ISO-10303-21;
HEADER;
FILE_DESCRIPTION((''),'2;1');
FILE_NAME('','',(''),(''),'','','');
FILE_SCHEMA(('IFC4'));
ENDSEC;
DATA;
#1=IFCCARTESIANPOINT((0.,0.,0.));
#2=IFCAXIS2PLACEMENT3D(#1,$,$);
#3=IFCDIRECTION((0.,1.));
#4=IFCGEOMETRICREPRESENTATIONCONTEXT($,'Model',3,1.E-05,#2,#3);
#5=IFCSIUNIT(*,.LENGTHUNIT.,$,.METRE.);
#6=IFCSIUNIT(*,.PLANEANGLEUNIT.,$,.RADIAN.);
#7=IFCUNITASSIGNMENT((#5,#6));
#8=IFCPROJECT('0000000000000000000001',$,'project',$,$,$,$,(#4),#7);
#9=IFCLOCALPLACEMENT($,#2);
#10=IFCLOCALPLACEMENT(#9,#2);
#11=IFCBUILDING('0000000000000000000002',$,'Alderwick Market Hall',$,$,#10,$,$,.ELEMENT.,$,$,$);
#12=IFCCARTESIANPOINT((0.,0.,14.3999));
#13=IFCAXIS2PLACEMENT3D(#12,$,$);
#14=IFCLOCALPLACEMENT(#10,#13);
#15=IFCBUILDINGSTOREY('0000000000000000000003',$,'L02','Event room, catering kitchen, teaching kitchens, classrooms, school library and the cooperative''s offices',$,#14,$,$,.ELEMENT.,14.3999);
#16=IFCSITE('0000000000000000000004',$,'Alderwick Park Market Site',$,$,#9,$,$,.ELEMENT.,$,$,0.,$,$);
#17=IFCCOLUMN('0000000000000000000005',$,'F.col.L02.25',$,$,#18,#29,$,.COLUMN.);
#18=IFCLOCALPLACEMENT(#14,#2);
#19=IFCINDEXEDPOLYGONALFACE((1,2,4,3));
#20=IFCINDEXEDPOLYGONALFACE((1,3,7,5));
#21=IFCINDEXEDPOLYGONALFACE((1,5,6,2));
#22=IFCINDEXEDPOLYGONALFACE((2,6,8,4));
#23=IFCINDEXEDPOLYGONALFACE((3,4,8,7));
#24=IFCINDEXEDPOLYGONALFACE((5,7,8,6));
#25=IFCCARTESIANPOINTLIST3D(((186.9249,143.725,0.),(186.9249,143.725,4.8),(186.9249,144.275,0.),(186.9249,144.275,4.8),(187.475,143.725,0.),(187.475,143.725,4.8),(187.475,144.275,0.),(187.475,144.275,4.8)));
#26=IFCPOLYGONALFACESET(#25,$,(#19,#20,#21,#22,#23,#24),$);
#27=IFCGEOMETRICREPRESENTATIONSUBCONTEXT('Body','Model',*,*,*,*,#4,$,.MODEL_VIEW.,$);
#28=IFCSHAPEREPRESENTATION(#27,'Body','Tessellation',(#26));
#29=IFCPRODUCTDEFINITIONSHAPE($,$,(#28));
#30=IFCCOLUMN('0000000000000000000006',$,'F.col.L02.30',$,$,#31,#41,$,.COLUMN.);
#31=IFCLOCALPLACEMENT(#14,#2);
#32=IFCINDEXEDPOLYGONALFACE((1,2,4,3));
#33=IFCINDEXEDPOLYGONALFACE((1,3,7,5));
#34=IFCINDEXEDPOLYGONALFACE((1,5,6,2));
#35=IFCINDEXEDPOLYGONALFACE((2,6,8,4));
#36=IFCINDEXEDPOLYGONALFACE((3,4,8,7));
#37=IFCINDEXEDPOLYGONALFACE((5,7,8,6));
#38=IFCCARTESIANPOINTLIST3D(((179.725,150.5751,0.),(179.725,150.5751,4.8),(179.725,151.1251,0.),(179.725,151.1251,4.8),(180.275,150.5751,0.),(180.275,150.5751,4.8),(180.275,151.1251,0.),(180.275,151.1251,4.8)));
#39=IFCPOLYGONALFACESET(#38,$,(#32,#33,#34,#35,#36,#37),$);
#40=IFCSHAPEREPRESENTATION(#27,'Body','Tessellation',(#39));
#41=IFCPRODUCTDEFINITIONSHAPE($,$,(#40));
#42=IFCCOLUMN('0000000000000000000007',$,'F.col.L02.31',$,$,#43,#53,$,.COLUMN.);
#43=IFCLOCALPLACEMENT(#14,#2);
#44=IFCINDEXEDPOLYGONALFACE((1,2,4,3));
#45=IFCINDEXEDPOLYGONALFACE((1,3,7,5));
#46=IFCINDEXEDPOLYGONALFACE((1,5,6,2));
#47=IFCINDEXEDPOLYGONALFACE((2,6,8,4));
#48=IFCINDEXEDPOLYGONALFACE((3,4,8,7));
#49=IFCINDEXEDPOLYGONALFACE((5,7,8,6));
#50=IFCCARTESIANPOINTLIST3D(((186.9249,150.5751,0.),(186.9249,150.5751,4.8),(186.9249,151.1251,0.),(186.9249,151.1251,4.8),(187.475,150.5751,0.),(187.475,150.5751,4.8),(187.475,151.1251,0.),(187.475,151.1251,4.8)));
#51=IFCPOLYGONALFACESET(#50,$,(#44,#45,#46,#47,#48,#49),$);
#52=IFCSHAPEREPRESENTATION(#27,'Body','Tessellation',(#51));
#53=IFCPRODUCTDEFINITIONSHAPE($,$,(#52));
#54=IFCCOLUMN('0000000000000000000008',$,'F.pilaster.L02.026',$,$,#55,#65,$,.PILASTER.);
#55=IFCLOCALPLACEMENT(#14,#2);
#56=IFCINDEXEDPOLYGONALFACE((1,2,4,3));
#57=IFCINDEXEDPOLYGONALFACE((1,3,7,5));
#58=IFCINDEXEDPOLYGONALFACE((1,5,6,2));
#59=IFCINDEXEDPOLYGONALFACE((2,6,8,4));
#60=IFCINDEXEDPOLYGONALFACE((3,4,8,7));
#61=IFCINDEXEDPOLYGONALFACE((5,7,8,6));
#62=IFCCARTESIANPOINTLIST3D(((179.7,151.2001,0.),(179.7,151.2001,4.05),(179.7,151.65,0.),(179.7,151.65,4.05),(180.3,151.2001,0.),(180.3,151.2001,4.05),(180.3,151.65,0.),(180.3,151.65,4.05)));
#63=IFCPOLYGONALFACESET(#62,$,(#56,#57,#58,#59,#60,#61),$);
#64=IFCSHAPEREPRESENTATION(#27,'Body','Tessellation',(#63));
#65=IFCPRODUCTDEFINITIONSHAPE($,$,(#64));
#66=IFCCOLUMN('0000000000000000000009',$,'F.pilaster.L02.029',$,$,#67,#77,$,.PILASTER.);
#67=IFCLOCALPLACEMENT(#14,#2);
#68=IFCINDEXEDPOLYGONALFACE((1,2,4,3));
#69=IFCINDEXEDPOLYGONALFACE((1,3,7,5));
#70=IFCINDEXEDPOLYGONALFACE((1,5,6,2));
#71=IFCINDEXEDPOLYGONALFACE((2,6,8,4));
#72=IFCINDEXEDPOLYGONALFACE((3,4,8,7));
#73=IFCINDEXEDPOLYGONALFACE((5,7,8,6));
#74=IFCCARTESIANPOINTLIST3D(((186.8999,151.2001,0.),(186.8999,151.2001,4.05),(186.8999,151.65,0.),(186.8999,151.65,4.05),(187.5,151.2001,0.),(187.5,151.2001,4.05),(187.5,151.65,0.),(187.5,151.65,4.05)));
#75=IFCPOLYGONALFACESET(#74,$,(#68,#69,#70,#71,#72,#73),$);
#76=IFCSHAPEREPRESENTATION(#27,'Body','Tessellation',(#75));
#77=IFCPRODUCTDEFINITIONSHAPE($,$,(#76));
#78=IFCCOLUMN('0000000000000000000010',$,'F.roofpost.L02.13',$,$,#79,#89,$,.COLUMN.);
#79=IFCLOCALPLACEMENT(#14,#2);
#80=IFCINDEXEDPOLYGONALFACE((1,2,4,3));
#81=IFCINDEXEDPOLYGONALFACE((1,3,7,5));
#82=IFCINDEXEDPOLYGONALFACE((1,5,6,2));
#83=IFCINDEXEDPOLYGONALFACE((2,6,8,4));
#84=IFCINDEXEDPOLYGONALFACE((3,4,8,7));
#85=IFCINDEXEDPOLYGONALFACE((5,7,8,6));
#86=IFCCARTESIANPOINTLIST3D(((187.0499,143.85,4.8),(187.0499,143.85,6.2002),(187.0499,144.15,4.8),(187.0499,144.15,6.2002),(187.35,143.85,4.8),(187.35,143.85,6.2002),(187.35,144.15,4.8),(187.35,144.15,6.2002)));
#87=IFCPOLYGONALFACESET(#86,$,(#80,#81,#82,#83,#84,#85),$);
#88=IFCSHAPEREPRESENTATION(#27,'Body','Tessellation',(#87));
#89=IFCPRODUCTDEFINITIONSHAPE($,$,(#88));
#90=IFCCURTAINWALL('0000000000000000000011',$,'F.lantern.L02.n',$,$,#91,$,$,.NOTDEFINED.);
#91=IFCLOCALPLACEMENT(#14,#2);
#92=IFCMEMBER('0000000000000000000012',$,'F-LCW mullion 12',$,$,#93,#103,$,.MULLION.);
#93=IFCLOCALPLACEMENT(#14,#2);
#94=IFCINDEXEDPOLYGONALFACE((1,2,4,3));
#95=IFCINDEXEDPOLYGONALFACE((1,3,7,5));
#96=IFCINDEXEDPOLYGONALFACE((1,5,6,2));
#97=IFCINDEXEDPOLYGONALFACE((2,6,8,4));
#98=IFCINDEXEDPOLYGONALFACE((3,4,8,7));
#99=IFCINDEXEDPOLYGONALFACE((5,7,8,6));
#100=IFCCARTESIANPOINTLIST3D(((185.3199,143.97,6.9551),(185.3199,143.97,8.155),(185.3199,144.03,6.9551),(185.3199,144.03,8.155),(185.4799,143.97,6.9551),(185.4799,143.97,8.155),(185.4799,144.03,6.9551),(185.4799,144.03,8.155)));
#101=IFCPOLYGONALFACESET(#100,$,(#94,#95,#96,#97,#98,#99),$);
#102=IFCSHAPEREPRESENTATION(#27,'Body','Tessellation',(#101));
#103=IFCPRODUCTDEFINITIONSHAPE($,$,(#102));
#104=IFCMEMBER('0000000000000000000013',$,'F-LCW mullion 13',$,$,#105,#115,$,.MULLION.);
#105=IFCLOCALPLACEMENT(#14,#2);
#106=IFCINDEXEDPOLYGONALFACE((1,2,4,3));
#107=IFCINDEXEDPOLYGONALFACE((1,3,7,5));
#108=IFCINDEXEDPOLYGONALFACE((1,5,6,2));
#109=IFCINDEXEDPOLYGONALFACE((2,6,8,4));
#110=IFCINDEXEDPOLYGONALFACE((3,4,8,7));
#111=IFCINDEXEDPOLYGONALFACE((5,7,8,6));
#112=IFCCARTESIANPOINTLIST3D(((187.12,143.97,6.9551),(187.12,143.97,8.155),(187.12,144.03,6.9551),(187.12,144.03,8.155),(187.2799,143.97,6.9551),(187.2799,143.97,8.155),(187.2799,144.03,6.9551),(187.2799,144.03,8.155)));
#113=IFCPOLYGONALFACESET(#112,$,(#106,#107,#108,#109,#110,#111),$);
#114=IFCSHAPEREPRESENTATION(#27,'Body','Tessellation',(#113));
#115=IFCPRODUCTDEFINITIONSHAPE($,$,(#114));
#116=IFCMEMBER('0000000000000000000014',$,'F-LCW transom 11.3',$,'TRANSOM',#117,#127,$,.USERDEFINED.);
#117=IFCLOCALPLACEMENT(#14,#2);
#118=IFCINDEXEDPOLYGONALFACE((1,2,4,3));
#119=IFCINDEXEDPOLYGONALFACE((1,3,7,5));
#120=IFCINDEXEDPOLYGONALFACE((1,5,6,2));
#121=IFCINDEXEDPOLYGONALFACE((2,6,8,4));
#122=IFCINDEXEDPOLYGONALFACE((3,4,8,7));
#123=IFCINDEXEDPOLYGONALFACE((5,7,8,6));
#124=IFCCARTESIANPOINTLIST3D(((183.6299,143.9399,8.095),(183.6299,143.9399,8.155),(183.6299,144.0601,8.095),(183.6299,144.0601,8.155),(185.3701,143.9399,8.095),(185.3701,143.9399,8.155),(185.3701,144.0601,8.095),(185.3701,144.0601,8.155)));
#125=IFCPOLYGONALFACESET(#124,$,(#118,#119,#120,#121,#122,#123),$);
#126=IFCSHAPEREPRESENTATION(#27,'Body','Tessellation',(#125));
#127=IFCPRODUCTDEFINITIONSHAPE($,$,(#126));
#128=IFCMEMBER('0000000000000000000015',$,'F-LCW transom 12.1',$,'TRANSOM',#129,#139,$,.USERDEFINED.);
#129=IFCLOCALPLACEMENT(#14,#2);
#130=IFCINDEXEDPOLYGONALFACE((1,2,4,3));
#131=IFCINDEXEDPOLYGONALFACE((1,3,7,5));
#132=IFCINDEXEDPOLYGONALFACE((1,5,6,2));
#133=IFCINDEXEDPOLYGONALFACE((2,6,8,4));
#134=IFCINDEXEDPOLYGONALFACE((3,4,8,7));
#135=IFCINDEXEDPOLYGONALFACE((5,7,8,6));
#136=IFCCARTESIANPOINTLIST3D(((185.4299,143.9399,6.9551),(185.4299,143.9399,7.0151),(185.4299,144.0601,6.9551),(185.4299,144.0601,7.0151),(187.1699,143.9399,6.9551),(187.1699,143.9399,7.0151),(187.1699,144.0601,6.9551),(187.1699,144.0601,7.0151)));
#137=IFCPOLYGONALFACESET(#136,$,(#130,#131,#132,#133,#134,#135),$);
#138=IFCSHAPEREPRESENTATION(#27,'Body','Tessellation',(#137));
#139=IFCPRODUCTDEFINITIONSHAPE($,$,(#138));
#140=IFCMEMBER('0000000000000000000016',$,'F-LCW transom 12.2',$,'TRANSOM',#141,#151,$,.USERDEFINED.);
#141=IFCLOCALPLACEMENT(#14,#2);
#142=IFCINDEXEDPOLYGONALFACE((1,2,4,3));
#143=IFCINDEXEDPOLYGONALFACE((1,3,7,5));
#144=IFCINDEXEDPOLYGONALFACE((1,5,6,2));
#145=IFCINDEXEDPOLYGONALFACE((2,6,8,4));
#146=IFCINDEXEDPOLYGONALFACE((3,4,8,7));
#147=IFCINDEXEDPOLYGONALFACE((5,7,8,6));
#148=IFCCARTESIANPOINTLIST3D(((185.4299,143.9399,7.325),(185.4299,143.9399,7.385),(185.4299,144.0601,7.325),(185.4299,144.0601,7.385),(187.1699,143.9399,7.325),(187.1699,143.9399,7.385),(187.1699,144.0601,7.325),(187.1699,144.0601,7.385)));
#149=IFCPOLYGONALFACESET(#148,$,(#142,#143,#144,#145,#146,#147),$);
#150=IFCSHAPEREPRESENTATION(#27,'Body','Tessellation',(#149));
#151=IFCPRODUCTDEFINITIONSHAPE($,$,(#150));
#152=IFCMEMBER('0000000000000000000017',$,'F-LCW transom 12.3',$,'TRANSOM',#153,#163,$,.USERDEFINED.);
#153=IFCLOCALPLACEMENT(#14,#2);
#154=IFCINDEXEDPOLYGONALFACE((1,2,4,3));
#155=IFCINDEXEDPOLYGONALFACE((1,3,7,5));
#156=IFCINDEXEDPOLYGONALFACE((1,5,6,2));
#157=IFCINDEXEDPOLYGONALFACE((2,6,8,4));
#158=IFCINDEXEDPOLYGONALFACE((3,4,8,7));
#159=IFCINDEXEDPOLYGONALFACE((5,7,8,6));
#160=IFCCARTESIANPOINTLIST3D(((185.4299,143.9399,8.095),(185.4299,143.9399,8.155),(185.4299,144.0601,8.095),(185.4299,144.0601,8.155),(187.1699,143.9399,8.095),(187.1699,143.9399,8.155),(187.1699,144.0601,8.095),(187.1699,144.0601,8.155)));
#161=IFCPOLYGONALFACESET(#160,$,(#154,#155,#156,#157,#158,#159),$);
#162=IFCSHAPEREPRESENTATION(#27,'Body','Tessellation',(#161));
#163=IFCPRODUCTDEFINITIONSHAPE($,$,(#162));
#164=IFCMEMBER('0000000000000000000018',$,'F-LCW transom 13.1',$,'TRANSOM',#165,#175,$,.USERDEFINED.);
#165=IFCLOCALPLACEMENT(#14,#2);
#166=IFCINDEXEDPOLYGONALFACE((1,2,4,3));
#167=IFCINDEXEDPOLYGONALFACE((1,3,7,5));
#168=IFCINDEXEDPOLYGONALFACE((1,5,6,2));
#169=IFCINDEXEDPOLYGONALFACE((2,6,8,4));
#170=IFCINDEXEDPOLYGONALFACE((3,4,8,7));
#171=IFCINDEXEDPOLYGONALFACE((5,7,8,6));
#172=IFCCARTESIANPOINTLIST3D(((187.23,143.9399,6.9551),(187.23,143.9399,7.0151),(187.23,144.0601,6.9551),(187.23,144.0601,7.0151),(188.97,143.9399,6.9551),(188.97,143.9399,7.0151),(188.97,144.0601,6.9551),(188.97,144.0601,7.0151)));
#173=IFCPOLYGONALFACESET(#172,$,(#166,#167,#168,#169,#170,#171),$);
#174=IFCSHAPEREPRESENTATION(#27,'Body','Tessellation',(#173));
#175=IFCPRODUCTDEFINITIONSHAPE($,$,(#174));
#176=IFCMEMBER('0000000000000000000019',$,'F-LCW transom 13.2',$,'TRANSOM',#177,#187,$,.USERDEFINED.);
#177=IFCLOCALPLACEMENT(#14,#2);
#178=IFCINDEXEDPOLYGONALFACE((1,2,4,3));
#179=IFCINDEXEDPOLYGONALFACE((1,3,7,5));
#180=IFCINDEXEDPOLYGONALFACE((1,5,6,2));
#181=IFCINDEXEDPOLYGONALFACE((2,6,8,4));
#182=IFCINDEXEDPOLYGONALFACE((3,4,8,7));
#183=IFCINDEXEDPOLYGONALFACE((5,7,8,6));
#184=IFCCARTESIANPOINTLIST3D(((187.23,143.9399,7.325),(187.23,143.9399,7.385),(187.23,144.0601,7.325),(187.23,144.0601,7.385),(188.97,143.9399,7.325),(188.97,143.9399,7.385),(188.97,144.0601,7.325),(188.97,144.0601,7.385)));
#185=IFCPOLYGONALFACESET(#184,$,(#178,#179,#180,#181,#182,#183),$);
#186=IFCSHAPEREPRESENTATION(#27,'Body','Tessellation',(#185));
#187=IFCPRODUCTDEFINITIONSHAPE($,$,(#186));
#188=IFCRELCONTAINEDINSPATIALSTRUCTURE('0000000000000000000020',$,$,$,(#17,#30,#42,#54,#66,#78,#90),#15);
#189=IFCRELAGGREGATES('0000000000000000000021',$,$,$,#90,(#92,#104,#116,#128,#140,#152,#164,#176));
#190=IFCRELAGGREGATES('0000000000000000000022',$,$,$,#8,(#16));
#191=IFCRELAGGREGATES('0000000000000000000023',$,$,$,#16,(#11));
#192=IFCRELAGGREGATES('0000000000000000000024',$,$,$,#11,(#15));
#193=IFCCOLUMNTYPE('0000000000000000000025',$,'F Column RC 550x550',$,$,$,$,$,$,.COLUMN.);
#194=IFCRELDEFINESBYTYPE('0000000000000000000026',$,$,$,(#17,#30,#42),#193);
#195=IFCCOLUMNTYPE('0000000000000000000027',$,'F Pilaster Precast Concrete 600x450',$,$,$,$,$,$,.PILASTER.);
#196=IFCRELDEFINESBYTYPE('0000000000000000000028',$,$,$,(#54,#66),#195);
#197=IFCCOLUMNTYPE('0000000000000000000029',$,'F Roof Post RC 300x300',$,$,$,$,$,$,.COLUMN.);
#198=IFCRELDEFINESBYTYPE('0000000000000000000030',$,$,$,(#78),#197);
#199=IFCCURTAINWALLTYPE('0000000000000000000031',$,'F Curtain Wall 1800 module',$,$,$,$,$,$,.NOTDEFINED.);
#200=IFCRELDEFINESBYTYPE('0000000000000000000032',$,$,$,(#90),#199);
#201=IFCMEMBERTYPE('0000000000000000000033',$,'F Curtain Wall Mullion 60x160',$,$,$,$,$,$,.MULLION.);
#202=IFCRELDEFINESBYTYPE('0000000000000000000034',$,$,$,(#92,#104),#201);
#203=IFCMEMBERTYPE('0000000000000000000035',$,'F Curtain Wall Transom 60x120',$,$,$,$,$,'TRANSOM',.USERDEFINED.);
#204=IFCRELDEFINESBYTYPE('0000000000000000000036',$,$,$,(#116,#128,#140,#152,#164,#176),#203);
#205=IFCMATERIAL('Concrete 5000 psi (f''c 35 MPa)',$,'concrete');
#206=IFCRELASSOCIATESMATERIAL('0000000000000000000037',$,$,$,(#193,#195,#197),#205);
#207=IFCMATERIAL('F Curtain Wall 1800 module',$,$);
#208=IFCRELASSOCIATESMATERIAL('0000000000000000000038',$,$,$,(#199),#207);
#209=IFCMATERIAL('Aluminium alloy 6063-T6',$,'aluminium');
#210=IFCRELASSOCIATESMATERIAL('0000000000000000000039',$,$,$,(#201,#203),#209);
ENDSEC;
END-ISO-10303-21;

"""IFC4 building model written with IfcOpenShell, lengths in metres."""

from ifc_helpers import new_model, si_unit, direction, frame, origin, origin_2d, place, context, subcontext, project, spatial, rectangle, extrude, material, material_profile, profile_set, type_object, element, aggregate, save


model = new_model("IFC4")

# Units and contexts
model_context = context("Model", 3, precision=1e-05, world=origin(), true_north=direction((0.0, 1.0)))
body_context = subcontext(model_context, "Body", "Model", "MODEL_VIEW")
ifc_project = project(units=[si_unit("LENGTHUNIT", "METRE"), si_unit("PLANEANGLEUNIT", "RADIAN")], contexts=[model_context])

# Site, building, storey
site_placement = place(None, origin())
site = spatial("IfcSite", under=ifc_project, at=site_placement, Name="Alderwick Park Market Site", CompositionType="ELEMENT", RefElevation=0.0)
building_placement = place(site_placement, origin())
building = spatial("IfcBuilding", under=site, at=building_placement, Name="Alderwick Market Hall", CompositionType="ELEMENT")
storey_placement = place(building_placement, frame((0.0, 0.0, 14.3999)))
storey = spatial("IfcBuildingStorey", under=building, at=storey_placement, Name="L02", Description="Event room, catering kitchen, teaching kitchens, classrooms, school library and the cooperative's offices", CompositionType="ELEMENT", Elevation=14.3999)

# Columns
ifc_material_1 = material(Name="Concrete 5000 psi (f'c 35 MPa)", Category="concrete")
ifc_material_profile_1 = material_profile(ifc_material_1, rectangle(XDim=0.55, YDim=0.55, at=origin_2d()), Name="RC 550x550")
ifc_profile_set_1 = profile_set([ifc_material_profile_1], Name="Concrete 5000 psi (f'c 35 MPa)")
column_type_1 = type_object("IfcColumnType", Name="F Column RC 550x550", PredefinedType="COLUMN", material=ifc_profile_set_1)
for number, where, z_axis, x_axis, name in (
    (1, (187.2, 144.0, 0.0), (0.0, 0.0, 1.0), (1.0, 0.0, 0.0), "F.col.L02.25"),
    (2, (180.0, 150.8501, 0.0), (0.0, 0.0, 1.0), (1.0, 0.0, 0.0), "F.col.L02.30"),
    (3, (187.2, 150.8501, 0.0), (0.0, 0.0, 1.0), (1.0, 0.0, 0.0), "F.col.L02.31"),
):
    element("IfcColumn", number, at=place(storey_placement, frame(where, z_axis=z_axis, x_axis=x_axis)), inside=storey, type_object=column_type_1, Name=name, PredefinedType="COLUMN", context=body_context, shape_type="SweptSolid", body=[
        extrude(rectangle(XDim=0.55, YDim=0.55, at=origin_2d()), origin(), (0.0, 0.0, 1.0), 4.8),
    ])
ifc_material_profile_2 = material_profile(ifc_material_1, rectangle(XDim=0.6001, YDim=0.45, at=origin_2d()), Name="PC 600x450")
ifc_profile_set_2 = profile_set([ifc_material_profile_2], Name="Concrete 5000 psi (f'c 35 MPa)")
column_type_2 = type_object("IfcColumnType", Name="F Pilaster Precast Concrete 600x450", PredefinedType="PILASTER", material=ifc_profile_set_2)
for number, where, z_axis, x_axis, name in (
    (4, (180.0, 151.425, 0.0), (0.0, 0.0, 1.0), (1.0, 0.0, 0.0), "F.pilaster.L02.026"),
    (5, (187.2, 151.425, 0.0), (0.0, 0.0, 1.0), (1.0, 0.0, 0.0), "F.pilaster.L02.029"),
):
    element("IfcColumn", number, at=place(storey_placement, frame(where, z_axis=z_axis, x_axis=x_axis)), inside=storey, type_object=column_type_2, Name=name, PredefinedType="PILASTER", context=body_context, shape_type="SweptSolid", body=[
        extrude(rectangle(XDim=0.6001, YDim=0.45, at=origin_2d()), origin(), (0.0, 0.0, 1.0), 4.05),
    ])
ifc_material_profile_3 = material_profile(ifc_material_1, rectangle(XDim=0.3, YDim=0.3, at=origin_2d()), Name="RC 300x300")
ifc_profile_set_3 = profile_set([ifc_material_profile_3], Name="Concrete 5000 psi (f'c 35 MPa)")
column_type_3 = type_object("IfcColumnType", Name="F Roof Post RC 300x300", PredefinedType="COLUMN", material=ifc_profile_set_3)
column_placement = place(storey_placement, frame((187.2, 144.0, 4.8), z_axis=(0.0, 0.0, 1.0), x_axis=(1.0, 0.0, 0.0)))
element("IfcColumn", 6, at=column_placement, inside=storey, type_object=column_type_3, Name="F.roofpost.L02.13", PredefinedType="COLUMN", context=body_context, shape_type="SweptSolid", body=[
    extrude(rectangle(XDim=0.3, YDim=0.3, at=origin_2d()), origin(), (0.0, 0.0, 1.0), 1.4001),
])

# Curtain wall, members
ifc_material_2 = material(Name="F Curtain Wall 1800 module")
curtain_wall_type = type_object("IfcCurtainWallType", Name="F Curtain Wall 1800 module", PredefinedType="NOTDEFINED", material=ifc_material_2)
curtain_wall_placement = place(storey_placement, origin())
curtain_wall = element("IfcCurtainWall", 7, at=curtain_wall_placement, inside=storey, type_object=curtain_wall_type, Name="F.lantern.L02.n", PredefinedType="NOTDEFINED")
ifc_material_3 = material(Name="Aluminium alloy 6063-T6", Category="aluminium")
ifc_material_profile_4 = material_profile(ifc_material_3, rectangle(XDim=0.0601, YDim=0.1599, at=origin_2d()), Name="AL 60x160")
ifc_profile_set_4 = profile_set([ifc_material_profile_4], Name="Aluminium alloy 6063-T6")
member_type_1 = type_object("IfcMemberType", Name="F Curtain Wall Mullion 60x160", PredefinedType="MULLION", material=ifc_profile_set_4)
member_1_placement = place(storey_placement, frame((185.3999, 144.0, 6.9551), z_axis=(0.0, 0.0, 1.0), x_axis=(0.0, 1.0, 0.0)))
member_1 = element("IfcMember", 8, at=member_1_placement, type_object=member_type_1, Name="F-LCW mullion 12", PredefinedType="MULLION", context=body_context, shape_type="SweptSolid", body=[
    extrude(rectangle(XDim=0.0601, YDim=0.1599, at=origin_2d()), origin(), (0.0, 0.0, 1.0), 1.2),
])
member_2_placement = place(storey_placement, frame((187.2, 144.0, 6.9551), z_axis=(0.0, 0.0, 1.0), x_axis=(0.0, 1.0, 0.0)))
member_2 = element("IfcMember", 9, at=member_2_placement, type_object=member_type_1, Name="F-LCW mullion 13", PredefinedType="MULLION", context=body_context, shape_type="SweptSolid", body=[
    extrude(rectangle(XDim=0.0601, YDim=0.1599, at=origin_2d()), origin(), (0.0, 0.0, 1.0), 1.2),
])
ifc_material_profile_5 = material_profile(ifc_material_3, rectangle(XDim=0.1201, YDim=0.0601, at=origin_2d()), Name="AL 60x120")
ifc_profile_set_5 = profile_set([ifc_material_profile_5], Name="Aluminium alloy 6063-T6")
member_type_2 = type_object("IfcMemberType", Name="F Curtain Wall Transom 60x120", ElementType="TRANSOM", PredefinedType="USERDEFINED", material=ifc_profile_set_5)
member_3_placement = place(storey_placement, frame((183.6299, 144.0, 8.125), z_axis=(1.0, 0.0, 0.0), x_axis=(0.0, 1.0, 0.0)))
member_3 = element("IfcMember", 10, at=member_3_placement, type_object=member_type_2, Name="F-LCW transom 11.3", ObjectType="TRANSOM", PredefinedType="USERDEFINED", context=body_context, shape_type="SweptSolid", body=[
    extrude(rectangle(XDim=0.1201, YDim=0.0601, at=origin_2d()), origin(), (0.0, 0.0, 1.0), 1.7402),
])
member_4_placement = place(storey_placement, frame((185.4299, 144.0, 6.9851), z_axis=(1.0, 0.0, 0.0), x_axis=(0.0, 1.0, 0.0)))
member_4 = element("IfcMember", 11, at=member_4_placement, type_object=member_type_2, Name="F-LCW transom 12.1", ObjectType="TRANSOM", PredefinedType="USERDEFINED", context=body_context, shape_type="SweptSolid", body=[
    extrude(rectangle(XDim=0.1201, YDim=0.0601, at=origin_2d()), origin(), (0.0, 0.0, 1.0), 1.74),
])
member_5_placement = place(storey_placement, frame((185.4299, 144.0, 7.355), z_axis=(1.0, 0.0, 0.0), x_axis=(0.0, 1.0, 0.0)))
member_5 = element("IfcMember", 12, at=member_5_placement, type_object=member_type_2, Name="F-LCW transom 12.2", ObjectType="TRANSOM", PredefinedType="USERDEFINED", context=body_context, shape_type="SweptSolid", body=[
    extrude(rectangle(XDim=0.1201, YDim=0.0601, at=origin_2d()), origin(), (0.0, 0.0, 1.0), 1.74),
])
member_6_placement = place(storey_placement, frame((185.4299, 144.0, 8.125), z_axis=(1.0, 0.0, 0.0), x_axis=(0.0, 1.0, 0.0)))
member_6 = element("IfcMember", 13, at=member_6_placement, type_object=member_type_2, Name="F-LCW transom 12.3", ObjectType="TRANSOM", PredefinedType="USERDEFINED", context=body_context, shape_type="SweptSolid", body=[
    extrude(rectangle(XDim=0.1201, YDim=0.0601, at=origin_2d()), origin(), (0.0, 0.0, 1.0), 1.74),
])
member_7_placement = place(storey_placement, frame((187.23, 144.0, 6.9851), z_axis=(1.0, 0.0, 0.0), x_axis=(0.0, 1.0, 0.0)))
member_7 = element("IfcMember", 14, at=member_7_placement, type_object=member_type_2, Name="F-LCW transom 13.1", ObjectType="TRANSOM", PredefinedType="USERDEFINED", context=body_context, shape_type="SweptSolid", body=[
    extrude(rectangle(XDim=0.1201, YDim=0.0601, at=origin_2d()), origin(), (0.0, 0.0, 1.0), 1.74),
])
member_8_placement = place(storey_placement, frame((187.23, 144.0, 7.355), z_axis=(1.0, 0.0, 0.0), x_axis=(0.0, 1.0, 0.0)))
member_8 = element("IfcMember", 15, at=member_8_placement, type_object=member_type_2, Name="F-LCW transom 13.2", ObjectType="TRANSOM", PredefinedType="USERDEFINED", context=body_context, shape_type="SweptSolid", body=[
    extrude(rectangle(XDim=0.1201, YDim=0.0601, at=origin_2d()), origin(), (0.0, 0.0, 1.0), 1.74),
])

aggregate(curtain_wall, [member_1, member_2, member_3, member_4, member_5, member_6, member_7, member_8])

save(model, "model.ifc")
